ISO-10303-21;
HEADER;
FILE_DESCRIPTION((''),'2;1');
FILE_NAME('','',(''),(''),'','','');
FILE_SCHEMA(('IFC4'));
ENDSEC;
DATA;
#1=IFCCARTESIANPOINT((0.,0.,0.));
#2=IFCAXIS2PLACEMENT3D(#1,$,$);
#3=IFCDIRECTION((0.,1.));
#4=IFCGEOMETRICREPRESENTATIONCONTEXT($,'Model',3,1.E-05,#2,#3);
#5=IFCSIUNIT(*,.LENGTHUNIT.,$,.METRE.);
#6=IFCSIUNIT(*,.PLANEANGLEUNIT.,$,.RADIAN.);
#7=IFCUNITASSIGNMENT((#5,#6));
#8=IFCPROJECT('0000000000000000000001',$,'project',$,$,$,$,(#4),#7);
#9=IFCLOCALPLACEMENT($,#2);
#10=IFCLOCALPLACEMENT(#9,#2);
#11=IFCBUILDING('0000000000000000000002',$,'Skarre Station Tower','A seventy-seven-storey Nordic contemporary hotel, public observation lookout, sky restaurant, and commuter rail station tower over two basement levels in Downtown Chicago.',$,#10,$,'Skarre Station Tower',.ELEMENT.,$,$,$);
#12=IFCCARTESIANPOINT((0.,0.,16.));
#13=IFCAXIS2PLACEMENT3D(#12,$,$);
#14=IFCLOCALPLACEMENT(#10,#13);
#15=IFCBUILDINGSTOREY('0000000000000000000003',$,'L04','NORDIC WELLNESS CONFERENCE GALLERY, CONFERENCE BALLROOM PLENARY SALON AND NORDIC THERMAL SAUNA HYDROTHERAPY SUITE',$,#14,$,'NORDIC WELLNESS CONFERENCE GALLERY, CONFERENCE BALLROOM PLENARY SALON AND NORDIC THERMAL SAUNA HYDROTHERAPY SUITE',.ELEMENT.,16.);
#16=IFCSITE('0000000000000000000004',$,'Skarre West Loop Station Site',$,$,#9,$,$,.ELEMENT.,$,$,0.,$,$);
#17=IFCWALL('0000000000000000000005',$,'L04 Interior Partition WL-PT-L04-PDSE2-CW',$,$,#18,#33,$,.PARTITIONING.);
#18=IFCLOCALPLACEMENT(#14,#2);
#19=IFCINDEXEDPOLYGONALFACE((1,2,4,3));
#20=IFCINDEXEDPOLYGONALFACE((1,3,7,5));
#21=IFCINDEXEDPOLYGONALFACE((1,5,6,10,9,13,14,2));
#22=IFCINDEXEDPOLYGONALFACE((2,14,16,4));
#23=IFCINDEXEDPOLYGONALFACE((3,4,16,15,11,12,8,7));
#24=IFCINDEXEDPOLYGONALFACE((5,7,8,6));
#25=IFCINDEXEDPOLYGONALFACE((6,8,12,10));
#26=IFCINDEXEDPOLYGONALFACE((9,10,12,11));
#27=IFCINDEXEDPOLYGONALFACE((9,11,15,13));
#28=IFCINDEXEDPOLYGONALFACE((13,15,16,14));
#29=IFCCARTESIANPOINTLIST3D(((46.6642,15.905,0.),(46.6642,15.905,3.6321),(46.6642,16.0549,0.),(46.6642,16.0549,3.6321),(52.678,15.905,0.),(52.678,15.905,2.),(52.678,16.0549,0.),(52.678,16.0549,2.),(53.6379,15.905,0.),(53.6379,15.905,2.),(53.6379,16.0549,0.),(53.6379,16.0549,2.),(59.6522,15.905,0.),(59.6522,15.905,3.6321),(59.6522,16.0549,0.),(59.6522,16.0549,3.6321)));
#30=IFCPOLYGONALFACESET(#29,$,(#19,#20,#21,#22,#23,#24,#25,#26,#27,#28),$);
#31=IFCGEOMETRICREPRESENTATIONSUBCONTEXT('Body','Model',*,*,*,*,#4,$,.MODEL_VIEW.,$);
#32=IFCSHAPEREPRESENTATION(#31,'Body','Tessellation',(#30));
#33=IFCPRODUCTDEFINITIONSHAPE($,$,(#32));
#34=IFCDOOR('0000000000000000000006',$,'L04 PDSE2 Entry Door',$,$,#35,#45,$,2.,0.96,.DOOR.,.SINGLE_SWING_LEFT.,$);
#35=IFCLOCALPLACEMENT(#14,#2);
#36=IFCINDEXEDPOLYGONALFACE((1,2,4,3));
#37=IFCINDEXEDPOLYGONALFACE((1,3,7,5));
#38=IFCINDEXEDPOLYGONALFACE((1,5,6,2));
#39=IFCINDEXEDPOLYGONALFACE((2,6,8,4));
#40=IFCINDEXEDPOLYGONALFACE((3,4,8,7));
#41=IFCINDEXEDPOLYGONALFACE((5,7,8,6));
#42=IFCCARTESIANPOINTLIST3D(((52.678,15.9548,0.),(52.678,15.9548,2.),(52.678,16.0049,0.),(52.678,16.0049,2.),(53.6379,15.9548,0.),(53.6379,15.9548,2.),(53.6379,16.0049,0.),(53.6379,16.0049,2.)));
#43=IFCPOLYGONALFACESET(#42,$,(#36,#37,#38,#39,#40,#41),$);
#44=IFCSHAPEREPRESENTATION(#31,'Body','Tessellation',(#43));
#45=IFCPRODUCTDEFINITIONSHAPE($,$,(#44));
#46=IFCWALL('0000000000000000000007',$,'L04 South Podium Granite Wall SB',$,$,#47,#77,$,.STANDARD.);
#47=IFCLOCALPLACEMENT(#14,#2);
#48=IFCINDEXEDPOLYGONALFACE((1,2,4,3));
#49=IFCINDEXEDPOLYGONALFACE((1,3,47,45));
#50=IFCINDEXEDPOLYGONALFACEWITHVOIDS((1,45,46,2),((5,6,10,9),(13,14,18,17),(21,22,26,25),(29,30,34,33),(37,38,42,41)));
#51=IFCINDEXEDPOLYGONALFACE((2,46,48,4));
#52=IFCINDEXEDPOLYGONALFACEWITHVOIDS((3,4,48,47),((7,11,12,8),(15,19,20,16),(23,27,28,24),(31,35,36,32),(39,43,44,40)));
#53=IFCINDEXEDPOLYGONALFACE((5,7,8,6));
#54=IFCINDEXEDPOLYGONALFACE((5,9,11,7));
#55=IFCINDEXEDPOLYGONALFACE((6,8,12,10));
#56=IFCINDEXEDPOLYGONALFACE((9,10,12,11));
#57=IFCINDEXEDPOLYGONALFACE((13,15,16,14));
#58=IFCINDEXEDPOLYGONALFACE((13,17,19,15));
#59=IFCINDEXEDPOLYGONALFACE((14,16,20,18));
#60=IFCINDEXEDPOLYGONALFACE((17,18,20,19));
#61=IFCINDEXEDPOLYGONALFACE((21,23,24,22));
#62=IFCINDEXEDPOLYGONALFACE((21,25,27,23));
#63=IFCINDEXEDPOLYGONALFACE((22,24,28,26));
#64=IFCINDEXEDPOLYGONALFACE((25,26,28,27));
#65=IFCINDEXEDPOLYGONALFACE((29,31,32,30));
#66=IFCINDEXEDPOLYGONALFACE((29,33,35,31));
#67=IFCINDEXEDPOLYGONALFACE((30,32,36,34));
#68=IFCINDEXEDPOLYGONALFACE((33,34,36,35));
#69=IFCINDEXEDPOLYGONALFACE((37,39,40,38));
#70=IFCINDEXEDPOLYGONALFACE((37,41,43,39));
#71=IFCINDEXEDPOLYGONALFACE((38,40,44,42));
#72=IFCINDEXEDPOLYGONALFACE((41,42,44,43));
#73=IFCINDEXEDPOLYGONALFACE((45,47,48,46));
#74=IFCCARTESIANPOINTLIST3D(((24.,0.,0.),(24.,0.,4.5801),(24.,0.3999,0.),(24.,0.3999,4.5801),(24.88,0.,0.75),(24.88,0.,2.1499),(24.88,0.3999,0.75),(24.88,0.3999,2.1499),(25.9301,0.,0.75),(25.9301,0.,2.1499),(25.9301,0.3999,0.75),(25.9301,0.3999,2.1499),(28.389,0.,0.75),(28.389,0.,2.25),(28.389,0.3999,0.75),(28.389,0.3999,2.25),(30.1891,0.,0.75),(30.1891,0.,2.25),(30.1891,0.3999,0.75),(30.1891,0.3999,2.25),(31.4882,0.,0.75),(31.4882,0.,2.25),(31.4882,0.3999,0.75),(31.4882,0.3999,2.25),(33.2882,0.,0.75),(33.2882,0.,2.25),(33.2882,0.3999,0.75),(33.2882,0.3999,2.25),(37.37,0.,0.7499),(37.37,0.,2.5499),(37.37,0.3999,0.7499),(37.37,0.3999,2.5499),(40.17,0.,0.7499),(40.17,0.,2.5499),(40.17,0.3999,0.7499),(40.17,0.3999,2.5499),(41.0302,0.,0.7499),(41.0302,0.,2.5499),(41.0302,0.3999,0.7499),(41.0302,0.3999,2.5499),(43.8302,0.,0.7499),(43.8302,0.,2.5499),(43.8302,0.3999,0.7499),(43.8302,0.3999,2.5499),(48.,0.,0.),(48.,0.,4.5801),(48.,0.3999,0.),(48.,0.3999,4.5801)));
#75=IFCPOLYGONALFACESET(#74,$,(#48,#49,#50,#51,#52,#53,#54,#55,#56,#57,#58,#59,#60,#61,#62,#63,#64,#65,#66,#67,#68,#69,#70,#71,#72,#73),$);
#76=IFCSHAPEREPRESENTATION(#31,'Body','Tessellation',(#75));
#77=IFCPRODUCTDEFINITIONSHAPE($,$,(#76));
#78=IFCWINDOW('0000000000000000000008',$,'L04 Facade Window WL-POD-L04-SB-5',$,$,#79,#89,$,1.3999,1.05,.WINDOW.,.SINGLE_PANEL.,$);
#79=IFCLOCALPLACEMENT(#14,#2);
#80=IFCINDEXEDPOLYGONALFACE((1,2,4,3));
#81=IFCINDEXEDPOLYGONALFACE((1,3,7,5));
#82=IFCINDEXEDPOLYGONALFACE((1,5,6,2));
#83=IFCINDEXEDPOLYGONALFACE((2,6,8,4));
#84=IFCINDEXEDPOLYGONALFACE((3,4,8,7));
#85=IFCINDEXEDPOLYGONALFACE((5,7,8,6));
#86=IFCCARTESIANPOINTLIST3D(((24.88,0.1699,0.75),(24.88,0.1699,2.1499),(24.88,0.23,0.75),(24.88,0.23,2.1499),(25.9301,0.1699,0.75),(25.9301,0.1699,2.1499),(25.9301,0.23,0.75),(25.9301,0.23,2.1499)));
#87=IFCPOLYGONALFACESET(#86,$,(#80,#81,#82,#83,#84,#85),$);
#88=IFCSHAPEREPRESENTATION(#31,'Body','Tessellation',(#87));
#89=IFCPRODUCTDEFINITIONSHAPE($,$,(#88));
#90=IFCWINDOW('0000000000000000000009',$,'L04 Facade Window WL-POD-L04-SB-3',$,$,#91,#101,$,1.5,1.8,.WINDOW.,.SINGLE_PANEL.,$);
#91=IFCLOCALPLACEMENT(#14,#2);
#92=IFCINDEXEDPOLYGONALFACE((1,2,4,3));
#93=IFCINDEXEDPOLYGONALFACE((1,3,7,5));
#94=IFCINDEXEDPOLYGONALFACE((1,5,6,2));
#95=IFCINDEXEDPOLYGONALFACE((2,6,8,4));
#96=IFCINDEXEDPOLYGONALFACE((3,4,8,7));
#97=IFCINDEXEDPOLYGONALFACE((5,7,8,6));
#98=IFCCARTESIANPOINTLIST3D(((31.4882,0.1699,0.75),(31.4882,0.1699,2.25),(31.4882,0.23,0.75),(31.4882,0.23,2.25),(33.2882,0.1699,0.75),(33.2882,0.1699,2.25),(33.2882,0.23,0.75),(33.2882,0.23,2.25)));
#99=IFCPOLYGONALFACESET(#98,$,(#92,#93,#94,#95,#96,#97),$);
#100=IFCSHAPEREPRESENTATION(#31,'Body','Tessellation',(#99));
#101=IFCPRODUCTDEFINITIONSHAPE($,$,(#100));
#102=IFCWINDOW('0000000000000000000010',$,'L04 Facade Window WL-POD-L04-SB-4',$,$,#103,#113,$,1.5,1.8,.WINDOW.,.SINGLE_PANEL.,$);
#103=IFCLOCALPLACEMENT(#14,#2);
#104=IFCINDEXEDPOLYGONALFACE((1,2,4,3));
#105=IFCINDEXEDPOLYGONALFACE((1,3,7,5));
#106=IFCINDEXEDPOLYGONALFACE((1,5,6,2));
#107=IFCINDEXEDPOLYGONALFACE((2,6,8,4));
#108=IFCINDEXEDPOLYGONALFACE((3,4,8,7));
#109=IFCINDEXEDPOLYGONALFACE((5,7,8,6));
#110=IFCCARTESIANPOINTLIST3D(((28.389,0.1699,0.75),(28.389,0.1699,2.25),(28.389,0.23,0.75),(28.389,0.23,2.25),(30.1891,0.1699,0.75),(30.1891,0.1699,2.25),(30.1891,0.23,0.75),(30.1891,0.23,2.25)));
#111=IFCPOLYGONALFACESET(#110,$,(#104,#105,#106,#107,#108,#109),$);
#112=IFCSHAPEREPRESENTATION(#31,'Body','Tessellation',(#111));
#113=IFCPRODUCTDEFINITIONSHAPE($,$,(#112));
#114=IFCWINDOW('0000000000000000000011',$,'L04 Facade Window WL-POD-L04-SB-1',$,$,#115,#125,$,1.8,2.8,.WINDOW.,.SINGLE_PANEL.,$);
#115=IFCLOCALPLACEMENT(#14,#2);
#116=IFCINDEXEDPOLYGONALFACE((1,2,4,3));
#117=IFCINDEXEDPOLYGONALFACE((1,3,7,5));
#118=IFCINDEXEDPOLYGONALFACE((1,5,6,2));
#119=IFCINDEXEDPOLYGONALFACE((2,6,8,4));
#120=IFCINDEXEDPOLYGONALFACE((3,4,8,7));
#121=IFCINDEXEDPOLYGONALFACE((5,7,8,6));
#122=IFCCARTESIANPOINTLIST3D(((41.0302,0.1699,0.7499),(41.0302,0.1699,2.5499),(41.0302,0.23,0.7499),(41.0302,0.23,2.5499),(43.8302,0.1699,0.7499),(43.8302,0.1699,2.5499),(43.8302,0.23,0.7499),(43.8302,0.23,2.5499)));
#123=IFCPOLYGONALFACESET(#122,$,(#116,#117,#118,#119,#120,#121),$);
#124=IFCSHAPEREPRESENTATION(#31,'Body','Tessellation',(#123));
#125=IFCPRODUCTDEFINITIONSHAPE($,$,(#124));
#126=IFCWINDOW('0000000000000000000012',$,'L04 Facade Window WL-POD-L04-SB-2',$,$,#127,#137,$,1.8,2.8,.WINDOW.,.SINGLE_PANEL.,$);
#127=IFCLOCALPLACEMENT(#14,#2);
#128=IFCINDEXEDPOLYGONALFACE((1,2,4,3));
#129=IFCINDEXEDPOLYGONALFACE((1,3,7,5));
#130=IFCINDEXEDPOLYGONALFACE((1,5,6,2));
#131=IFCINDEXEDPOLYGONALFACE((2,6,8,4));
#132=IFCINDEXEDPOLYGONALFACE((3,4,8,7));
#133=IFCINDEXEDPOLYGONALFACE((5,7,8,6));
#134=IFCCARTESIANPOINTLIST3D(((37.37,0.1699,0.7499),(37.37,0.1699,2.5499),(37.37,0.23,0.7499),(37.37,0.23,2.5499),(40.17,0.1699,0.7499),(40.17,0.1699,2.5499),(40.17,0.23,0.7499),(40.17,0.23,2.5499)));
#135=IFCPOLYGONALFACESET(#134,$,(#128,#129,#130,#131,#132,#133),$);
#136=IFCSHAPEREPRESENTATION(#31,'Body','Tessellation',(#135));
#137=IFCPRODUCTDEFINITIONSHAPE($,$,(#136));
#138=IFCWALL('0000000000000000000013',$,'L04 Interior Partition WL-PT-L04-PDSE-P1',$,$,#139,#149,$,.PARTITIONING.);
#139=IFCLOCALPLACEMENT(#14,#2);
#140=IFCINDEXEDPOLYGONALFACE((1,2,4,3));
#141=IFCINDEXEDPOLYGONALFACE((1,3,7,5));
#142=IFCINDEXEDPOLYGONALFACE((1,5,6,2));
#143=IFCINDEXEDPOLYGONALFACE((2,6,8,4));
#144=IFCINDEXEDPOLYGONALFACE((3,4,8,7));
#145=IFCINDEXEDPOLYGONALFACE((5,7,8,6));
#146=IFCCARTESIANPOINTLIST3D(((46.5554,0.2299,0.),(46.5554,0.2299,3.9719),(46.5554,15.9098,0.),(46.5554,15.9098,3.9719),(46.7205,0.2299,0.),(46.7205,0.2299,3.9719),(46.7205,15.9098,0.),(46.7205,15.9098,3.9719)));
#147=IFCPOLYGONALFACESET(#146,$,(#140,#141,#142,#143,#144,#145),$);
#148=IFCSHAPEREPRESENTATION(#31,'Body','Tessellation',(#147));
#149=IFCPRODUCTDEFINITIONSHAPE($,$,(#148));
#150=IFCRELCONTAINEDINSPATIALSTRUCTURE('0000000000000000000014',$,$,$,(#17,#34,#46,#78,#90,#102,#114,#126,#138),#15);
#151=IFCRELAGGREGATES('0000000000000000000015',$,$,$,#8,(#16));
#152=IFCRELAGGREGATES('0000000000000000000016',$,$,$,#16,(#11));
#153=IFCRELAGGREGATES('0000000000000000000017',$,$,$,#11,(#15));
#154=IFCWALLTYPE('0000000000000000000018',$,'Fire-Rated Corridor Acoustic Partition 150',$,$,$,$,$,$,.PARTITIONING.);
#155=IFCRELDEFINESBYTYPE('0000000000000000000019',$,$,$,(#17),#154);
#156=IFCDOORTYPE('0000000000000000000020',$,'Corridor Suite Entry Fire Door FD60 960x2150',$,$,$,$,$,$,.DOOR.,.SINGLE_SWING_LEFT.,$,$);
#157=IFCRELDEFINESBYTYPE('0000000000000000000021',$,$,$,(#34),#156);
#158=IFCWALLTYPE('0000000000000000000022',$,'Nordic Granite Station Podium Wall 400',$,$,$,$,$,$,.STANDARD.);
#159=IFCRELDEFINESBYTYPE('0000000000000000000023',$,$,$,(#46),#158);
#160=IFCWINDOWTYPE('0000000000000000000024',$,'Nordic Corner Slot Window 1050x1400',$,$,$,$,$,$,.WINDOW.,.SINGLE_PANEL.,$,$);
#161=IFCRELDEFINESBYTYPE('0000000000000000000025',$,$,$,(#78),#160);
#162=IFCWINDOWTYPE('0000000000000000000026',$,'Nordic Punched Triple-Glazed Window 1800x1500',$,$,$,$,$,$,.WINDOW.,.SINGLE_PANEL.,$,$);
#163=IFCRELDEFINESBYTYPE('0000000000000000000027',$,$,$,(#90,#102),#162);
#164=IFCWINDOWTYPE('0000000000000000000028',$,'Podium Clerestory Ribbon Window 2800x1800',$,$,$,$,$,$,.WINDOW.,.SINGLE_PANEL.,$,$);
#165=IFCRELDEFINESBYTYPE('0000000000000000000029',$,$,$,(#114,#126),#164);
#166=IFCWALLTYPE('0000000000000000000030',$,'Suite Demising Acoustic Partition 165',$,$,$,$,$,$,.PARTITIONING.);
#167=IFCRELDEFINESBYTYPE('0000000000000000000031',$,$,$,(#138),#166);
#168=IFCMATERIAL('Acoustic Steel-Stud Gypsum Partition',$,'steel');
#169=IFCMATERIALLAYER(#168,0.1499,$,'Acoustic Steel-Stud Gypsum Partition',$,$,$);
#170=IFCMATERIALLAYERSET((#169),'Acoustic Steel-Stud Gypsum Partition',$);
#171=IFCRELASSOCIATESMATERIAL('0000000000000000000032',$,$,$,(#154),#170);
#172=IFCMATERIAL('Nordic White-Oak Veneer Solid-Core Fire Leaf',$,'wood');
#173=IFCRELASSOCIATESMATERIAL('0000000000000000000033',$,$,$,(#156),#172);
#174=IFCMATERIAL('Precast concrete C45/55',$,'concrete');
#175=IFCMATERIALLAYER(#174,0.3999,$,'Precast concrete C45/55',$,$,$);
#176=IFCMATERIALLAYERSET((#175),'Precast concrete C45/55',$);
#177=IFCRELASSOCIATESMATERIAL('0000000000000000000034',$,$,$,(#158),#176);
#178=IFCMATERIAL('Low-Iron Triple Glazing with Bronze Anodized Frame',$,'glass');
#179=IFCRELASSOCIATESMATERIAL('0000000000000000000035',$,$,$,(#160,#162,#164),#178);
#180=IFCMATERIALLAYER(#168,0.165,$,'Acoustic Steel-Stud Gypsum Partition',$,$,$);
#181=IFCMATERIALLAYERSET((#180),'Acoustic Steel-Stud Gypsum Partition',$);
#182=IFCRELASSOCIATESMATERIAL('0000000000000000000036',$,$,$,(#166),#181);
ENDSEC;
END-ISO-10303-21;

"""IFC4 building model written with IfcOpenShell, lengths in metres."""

from ifc_helpers import new_model, si_unit, direction, frame, frame_2d, origin, place, context, subcontext, project, spatial, rectangle, extrude, material, layer, layer_set, type_object, element, fill, save


model = new_model("IFC4")

# Units and contexts
model_context = context("Model", 3, precision=1e-05, world=origin(), true_north=direction((0.0, 1.0)))
body_context = subcontext(model_context, "Body", "Model", "MODEL_VIEW")
ifc_project = project(units=[si_unit("LENGTHUNIT", "METRE"), si_unit("PLANEANGLEUNIT", "RADIAN")], contexts=[model_context])

# Site, building, storey
site_placement = place(None, origin())
site = spatial("IfcSite", under=ifc_project, at=site_placement, Name="Skarre West Loop Station Site", CompositionType="ELEMENT", RefElevation=0.0)
building_placement = place(site_placement, origin())
building = spatial("IfcBuilding", under=site, at=building_placement, Name="Skarre Station Tower", Description="A seventy-seven-storey Nordic contemporary hotel, public observation lookout, sky restaurant, and commuter rail station tower over two basement levels in Downtown Chicago.", LongName="Skarre Station Tower", CompositionType="ELEMENT")
storey_placement = place(building_placement, frame((0.0, 0.0, 16.0)))
storey = spatial("IfcBuildingStorey", under=building, at=storey_placement, Name="L04", Description="NORDIC WELLNESS CONFERENCE GALLERY, CONFERENCE BALLROOM PLENARY SALON AND NORDIC THERMAL SAUNA HYDROTHERAPY SUITE", LongName="NORDIC WELLNESS CONFERENCE GALLERY, CONFERENCE BALLROOM PLENARY SALON AND NORDIC THERMAL SAUNA HYDROTHERAPY SUITE", CompositionType="ELEMENT", Elevation=16.0)

# Wall, opening, door
ifc_material_1 = material(Name="Acoustic Steel-Stud Gypsum Partition", Category="steel")
ifc_layer_1 = layer(ifc_material_1, 0.1499, Name="Acoustic Steel-Stud Gypsum Partition")
ifc_layer_set_1 = layer_set([ifc_layer_1], Name="Acoustic Steel-Stud Gypsum Partition")
wall_type_1 = type_object("IfcWallType", Name="Fire-Rated Corridor Acoustic Partition 150", PredefinedType="PARTITIONING", material=ifc_layer_set_1)
wall_1_placement = place(storey_placement, frame((46.6641, 15.98, 0.0), z_axis=(0.0, 0.0, 1.0), x_axis=(1.0, 0.0, 0.0)))
wall_1 = element("IfcWall", 1, at=wall_1_placement, inside=storey, type_object=wall_type_1, Name="L04 Interior Partition WL-PT-L04-PDSE2-CW", PredefinedType="PARTITIONING", context=body_context, shape_type="SweptSolid", body=[
    extrude(rectangle(XDim=12.988, YDim=0.1499, at=frame_2d((6.4941, 0.0))), origin(), (0.0, 0.0, 1.0), 3.6321),
])
opening_1_placement = place(wall_1_placement, frame((6.0139, 0.0, 0.0)))
opening_1 = element("IfcOpeningElement", 2, at=opening_1_placement, cuts=wall_1, PredefinedType="OPENING", context=body_context, shape_type="SweptSolid", body=[
    extrude(rectangle(XDim=0.96, YDim=2.0, at=frame_2d((0.48, 1.0))), frame((0.0, 0.085, 0.0), z_axis=(0.0, -1.0, 0.0), x_axis=(1.0, 0.0, 0.0)), (0.0, 0.0, 1.0), 0.1699),
])
ifc_material_2 = material(Name="Nordic White-Oak Veneer Solid-Core Fire Leaf", Category="wood")
door_type = type_object("IfcDoorType", Name="Corridor Suite Entry Fire Door FD60 960x2150", OperationType="SINGLE_SWING_LEFT", PredefinedType="DOOR", material=ifc_material_2)
door_placement = place(opening_1_placement, origin())
door = element("IfcDoor", 3, at=door_placement, inside=storey, type_object=door_type, Name="L04 PDSE2 Entry Door", OperationType="SINGLE_SWING_LEFT", OverallHeight=2.0, OverallWidth=0.96, PredefinedType="DOOR", context=body_context, shape_type="SweptSolid", body=[
    extrude(rectangle(XDim=0.96, YDim=2.0, at=frame_2d((0.48, 1.0))), frame((0.0, 0.0249, 0.0), z_axis=(0.0, -1.0, 0.0), x_axis=(1.0, 0.0, 0.0)), (0.0, 0.0, 1.0), 0.05),
])
fill(opening_1, door)

# Wall, openings, windows
ifc_material_3 = material(Name="Precast concrete C45/55", Category="concrete")
ifc_layer_2 = layer(ifc_material_3, 0.3999, Name="Precast concrete C45/55")
ifc_layer_set_2 = layer_set([ifc_layer_2], Name="Precast concrete C45/55")
wall_type_2 = type_object("IfcWallType", Name="Nordic Granite Station Podium Wall 400", PredefinedType="STANDARD", material=ifc_layer_set_2)
wall_2_placement = place(storey_placement, frame((48.0, 0.2, 0.0), z_axis=(0.0, 0.0, 1.0), x_axis=(-1.0, 0.0, 0.0)))
wall_2 = element("IfcWall", 4, at=wall_2_placement, inside=storey, type_object=wall_type_2, Name="L04 South Podium Granite Wall SB", PredefinedType="STANDARD", context=body_context, shape_type="SweptSolid", body=[
    extrude(rectangle(XDim=24.0, YDim=0.3999, at=frame_2d((12.0, 0.0))), origin(), (0.0, 0.0, 1.0), 4.5801),
])
opening_2_placement = place(wall_2_placement, frame((4.1699, 0.0, 0.75)))
opening_2 = element("IfcOpeningElement", 5, at=opening_2_placement, cuts=wall_2, PredefinedType="OPENING", context=body_context, shape_type="SweptSolid", body=[
    extrude(rectangle(XDim=2.8, YDim=1.8, at=frame_2d((1.3999, 0.8999))), frame((0.0, 0.21, 0.0), z_axis=(0.0, -1.0, 0.0), x_axis=(1.0, 0.0, 0.0)), (0.0, 0.0, 1.0), 0.4199),
])
opening_3_placement = place(wall_2_placement, frame((7.8301, 0.0, 0.75)))
opening_3 = element("IfcOpeningElement", 6, at=opening_3_placement, cuts=wall_2, PredefinedType="OPENING", context=body_context, shape_type="SweptSolid", body=[
    extrude(rectangle(XDim=2.8, YDim=1.8, at=frame_2d((1.3999, 0.8999))), frame((0.0, 0.21, 0.0), z_axis=(0.0, -1.0, 0.0), x_axis=(1.0, 0.0, 0.0)), (0.0, 0.0, 1.0), 0.4199),
])
opening_4_placement = place(wall_2_placement, frame((14.7119, 0.0, 0.75)))
opening_4 = element("IfcOpeningElement", 7, at=opening_4_placement, cuts=wall_2, PredefinedType="OPENING", context=body_context, shape_type="SweptSolid", body=[
    extrude(rectangle(XDim=1.8, YDim=1.5, at=frame_2d((0.8999, 0.75))), frame((0.0, 0.21, 0.0), z_axis=(0.0, -1.0, 0.0), x_axis=(1.0, 0.0, 0.0)), (0.0, 0.0, 1.0), 0.4199),
])
opening_5_placement = place(wall_2_placement, frame((17.811, 0.0, 0.75)))
opening_5 = element("IfcOpeningElement", 8, at=opening_5_placement, cuts=wall_2, PredefinedType="OPENING", context=body_context, shape_type="SweptSolid", body=[
    extrude(rectangle(XDim=1.8, YDim=1.5, at=frame_2d((0.8999, 0.75))), frame((0.0, 0.21, 0.0), z_axis=(0.0, -1.0, 0.0), x_axis=(1.0, 0.0, 0.0)), (0.0, 0.0, 1.0), 0.4199),
])
opening_6_placement = place(wall_2_placement, frame((22.0701, 0.0, 0.75)))
opening_6 = element("IfcOpeningElement", 9, at=opening_6_placement, cuts=wall_2, PredefinedType="OPENING", context=body_context, shape_type="SweptSolid", body=[
    extrude(rectangle(XDim=1.05, YDim=1.3999, at=frame_2d((0.5249, 0.7))), frame((0.0, 0.21, 0.0), z_axis=(0.0, -1.0, 0.0), x_axis=(1.0, 0.0, 0.0)), (0.0, 0.0, 1.0), 0.4199),
])
ifc_material_4 = material(Name="Low-Iron Triple Glazing with Bronze Anodized Frame", Category="glass")
window_type_1 = type_object("IfcWindowType", Name="Nordic Corner Slot Window 1050x1400", PartitioningType="SINGLE_PANEL", PredefinedType="WINDOW", material=ifc_material_4)
window_1_placement = place(opening_6_placement, origin())
window_1 = element("IfcWindow", 10, at=window_1_placement, inside=storey, type_object=window_type_1, Name="L04 Facade Window WL-POD-L04-SB-5", OverallHeight=1.3999, OverallWidth=1.05, PartitioningType="SINGLE_PANEL", PredefinedType="WINDOW", context=body_context, shape_type="SweptSolid", body=[
    extrude(rectangle(XDim=1.05, YDim=1.3999, at=frame_2d((0.5249, 0.7))), frame((0.0, 0.03, 0.0), z_axis=(0.0, -1.0, 0.0), x_axis=(1.0, 0.0, 0.0)), (0.0, 0.0, 1.0), 0.0601),
])
fill(opening_6, window_1)
window_type_2 = type_object("IfcWindowType", Name="Nordic Punched Triple-Glazed Window 1800x1500", PartitioningType="SINGLE_PANEL", PredefinedType="WINDOW", material=ifc_material_4)
window_2_placement = place(opening_4_placement, origin())
window_2 = element("IfcWindow", 11, at=window_2_placement, inside=storey, type_object=window_type_2, Name="L04 Facade Window WL-POD-L04-SB-3", OverallHeight=1.5, OverallWidth=1.8, PartitioningType="SINGLE_PANEL", PredefinedType="WINDOW", context=body_context, shape_type="SweptSolid", body=[
    extrude(rectangle(XDim=1.8, YDim=1.5, at=frame_2d((0.8999, 0.75))), frame((0.0, 0.03, 0.0), z_axis=(0.0, -1.0, 0.0), x_axis=(1.0, 0.0, 0.0)), (0.0, 0.0, 1.0), 0.0601),
])
fill(opening_4, window_2)
window_3_placement = place(opening_5_placement, origin())
window_3 = element("IfcWindow", 12, at=window_3_placement, inside=storey, type_object=window_type_2, Name="L04 Facade Window WL-POD-L04-SB-4", OverallHeight=1.5, OverallWidth=1.8, PartitioningType="SINGLE_PANEL", PredefinedType="WINDOW", context=body_context, shape_type="SweptSolid", body=[
    extrude(rectangle(XDim=1.8, YDim=1.5, at=frame_2d((0.8999, 0.75))), frame((0.0, 0.03, 0.0), z_axis=(0.0, -1.0, 0.0), x_axis=(1.0, 0.0, 0.0)), (0.0, 0.0, 1.0), 0.0601),
])
fill(opening_5, window_3)
window_type_3 = type_object("IfcWindowType", Name="Podium Clerestory Ribbon Window 2800x1800", PartitioningType="SINGLE_PANEL", PredefinedType="WINDOW", material=ifc_material_4)
window_4_placement = place(opening_2_placement, origin())
window_4 = element("IfcWindow", 13, at=window_4_placement, inside=storey, type_object=window_type_3, Name="L04 Facade Window WL-POD-L04-SB-1", OverallHeight=1.8, OverallWidth=2.8, PartitioningType="SINGLE_PANEL", PredefinedType="WINDOW", context=body_context, shape_type="SweptSolid", body=[
    extrude(rectangle(XDim=2.8, YDim=1.8, at=frame_2d((1.3999, 0.8999))), frame((0.0, 0.03, 0.0), z_axis=(0.0, -1.0, 0.0), x_axis=(1.0, 0.0, 0.0)), (0.0, 0.0, 1.0), 0.0601),
])
fill(opening_2, window_4)
window_5_placement = place(opening_3_placement, origin())
window_5 = element("IfcWindow", 14, at=window_5_placement, inside=storey, type_object=window_type_3, Name="L04 Facade Window WL-POD-L04-SB-2", OverallHeight=1.8, OverallWidth=2.8, PartitioningType="SINGLE_PANEL", PredefinedType="WINDOW", context=body_context, shape_type="SweptSolid", body=[
    extrude(rectangle(XDim=2.8, YDim=1.8, at=frame_2d((1.3999, 0.8999))), frame((0.0, 0.03, 0.0), z_axis=(0.0, -1.0, 0.0), x_axis=(1.0, 0.0, 0.0)), (0.0, 0.0, 1.0), 0.0601),
])
fill(opening_3, window_5)

# Wall
ifc_layer_3 = layer(ifc_material_1, 0.165, Name="Acoustic Steel-Stud Gypsum Partition")
ifc_layer_set_3 = layer_set([ifc_layer_3], Name="Acoustic Steel-Stud Gypsum Partition")
wall_type_3 = type_object("IfcWallType", Name="Suite Demising Acoustic Partition 165", PredefinedType="PARTITIONING", material=ifc_layer_set_3)
wall_3_placement = place(storey_placement, frame((46.6379, 0.23, 0.0), z_axis=(0.0, 0.0, 1.0), x_axis=(0.0, 1.0, 0.0)))
element("IfcWall", 15, at=wall_3_placement, inside=storey, type_object=wall_type_3, Name="L04 Interior Partition WL-PT-L04-PDSE-P1", PredefinedType="PARTITIONING", context=body_context, shape_type="SweptSolid", body=[
    extrude(rectangle(XDim=15.6799, YDim=0.165, at=frame_2d((7.8398, 0.0))), origin(), (0.0, 0.0, 1.0), 3.9719),
])

save(model, "model.ifc")
